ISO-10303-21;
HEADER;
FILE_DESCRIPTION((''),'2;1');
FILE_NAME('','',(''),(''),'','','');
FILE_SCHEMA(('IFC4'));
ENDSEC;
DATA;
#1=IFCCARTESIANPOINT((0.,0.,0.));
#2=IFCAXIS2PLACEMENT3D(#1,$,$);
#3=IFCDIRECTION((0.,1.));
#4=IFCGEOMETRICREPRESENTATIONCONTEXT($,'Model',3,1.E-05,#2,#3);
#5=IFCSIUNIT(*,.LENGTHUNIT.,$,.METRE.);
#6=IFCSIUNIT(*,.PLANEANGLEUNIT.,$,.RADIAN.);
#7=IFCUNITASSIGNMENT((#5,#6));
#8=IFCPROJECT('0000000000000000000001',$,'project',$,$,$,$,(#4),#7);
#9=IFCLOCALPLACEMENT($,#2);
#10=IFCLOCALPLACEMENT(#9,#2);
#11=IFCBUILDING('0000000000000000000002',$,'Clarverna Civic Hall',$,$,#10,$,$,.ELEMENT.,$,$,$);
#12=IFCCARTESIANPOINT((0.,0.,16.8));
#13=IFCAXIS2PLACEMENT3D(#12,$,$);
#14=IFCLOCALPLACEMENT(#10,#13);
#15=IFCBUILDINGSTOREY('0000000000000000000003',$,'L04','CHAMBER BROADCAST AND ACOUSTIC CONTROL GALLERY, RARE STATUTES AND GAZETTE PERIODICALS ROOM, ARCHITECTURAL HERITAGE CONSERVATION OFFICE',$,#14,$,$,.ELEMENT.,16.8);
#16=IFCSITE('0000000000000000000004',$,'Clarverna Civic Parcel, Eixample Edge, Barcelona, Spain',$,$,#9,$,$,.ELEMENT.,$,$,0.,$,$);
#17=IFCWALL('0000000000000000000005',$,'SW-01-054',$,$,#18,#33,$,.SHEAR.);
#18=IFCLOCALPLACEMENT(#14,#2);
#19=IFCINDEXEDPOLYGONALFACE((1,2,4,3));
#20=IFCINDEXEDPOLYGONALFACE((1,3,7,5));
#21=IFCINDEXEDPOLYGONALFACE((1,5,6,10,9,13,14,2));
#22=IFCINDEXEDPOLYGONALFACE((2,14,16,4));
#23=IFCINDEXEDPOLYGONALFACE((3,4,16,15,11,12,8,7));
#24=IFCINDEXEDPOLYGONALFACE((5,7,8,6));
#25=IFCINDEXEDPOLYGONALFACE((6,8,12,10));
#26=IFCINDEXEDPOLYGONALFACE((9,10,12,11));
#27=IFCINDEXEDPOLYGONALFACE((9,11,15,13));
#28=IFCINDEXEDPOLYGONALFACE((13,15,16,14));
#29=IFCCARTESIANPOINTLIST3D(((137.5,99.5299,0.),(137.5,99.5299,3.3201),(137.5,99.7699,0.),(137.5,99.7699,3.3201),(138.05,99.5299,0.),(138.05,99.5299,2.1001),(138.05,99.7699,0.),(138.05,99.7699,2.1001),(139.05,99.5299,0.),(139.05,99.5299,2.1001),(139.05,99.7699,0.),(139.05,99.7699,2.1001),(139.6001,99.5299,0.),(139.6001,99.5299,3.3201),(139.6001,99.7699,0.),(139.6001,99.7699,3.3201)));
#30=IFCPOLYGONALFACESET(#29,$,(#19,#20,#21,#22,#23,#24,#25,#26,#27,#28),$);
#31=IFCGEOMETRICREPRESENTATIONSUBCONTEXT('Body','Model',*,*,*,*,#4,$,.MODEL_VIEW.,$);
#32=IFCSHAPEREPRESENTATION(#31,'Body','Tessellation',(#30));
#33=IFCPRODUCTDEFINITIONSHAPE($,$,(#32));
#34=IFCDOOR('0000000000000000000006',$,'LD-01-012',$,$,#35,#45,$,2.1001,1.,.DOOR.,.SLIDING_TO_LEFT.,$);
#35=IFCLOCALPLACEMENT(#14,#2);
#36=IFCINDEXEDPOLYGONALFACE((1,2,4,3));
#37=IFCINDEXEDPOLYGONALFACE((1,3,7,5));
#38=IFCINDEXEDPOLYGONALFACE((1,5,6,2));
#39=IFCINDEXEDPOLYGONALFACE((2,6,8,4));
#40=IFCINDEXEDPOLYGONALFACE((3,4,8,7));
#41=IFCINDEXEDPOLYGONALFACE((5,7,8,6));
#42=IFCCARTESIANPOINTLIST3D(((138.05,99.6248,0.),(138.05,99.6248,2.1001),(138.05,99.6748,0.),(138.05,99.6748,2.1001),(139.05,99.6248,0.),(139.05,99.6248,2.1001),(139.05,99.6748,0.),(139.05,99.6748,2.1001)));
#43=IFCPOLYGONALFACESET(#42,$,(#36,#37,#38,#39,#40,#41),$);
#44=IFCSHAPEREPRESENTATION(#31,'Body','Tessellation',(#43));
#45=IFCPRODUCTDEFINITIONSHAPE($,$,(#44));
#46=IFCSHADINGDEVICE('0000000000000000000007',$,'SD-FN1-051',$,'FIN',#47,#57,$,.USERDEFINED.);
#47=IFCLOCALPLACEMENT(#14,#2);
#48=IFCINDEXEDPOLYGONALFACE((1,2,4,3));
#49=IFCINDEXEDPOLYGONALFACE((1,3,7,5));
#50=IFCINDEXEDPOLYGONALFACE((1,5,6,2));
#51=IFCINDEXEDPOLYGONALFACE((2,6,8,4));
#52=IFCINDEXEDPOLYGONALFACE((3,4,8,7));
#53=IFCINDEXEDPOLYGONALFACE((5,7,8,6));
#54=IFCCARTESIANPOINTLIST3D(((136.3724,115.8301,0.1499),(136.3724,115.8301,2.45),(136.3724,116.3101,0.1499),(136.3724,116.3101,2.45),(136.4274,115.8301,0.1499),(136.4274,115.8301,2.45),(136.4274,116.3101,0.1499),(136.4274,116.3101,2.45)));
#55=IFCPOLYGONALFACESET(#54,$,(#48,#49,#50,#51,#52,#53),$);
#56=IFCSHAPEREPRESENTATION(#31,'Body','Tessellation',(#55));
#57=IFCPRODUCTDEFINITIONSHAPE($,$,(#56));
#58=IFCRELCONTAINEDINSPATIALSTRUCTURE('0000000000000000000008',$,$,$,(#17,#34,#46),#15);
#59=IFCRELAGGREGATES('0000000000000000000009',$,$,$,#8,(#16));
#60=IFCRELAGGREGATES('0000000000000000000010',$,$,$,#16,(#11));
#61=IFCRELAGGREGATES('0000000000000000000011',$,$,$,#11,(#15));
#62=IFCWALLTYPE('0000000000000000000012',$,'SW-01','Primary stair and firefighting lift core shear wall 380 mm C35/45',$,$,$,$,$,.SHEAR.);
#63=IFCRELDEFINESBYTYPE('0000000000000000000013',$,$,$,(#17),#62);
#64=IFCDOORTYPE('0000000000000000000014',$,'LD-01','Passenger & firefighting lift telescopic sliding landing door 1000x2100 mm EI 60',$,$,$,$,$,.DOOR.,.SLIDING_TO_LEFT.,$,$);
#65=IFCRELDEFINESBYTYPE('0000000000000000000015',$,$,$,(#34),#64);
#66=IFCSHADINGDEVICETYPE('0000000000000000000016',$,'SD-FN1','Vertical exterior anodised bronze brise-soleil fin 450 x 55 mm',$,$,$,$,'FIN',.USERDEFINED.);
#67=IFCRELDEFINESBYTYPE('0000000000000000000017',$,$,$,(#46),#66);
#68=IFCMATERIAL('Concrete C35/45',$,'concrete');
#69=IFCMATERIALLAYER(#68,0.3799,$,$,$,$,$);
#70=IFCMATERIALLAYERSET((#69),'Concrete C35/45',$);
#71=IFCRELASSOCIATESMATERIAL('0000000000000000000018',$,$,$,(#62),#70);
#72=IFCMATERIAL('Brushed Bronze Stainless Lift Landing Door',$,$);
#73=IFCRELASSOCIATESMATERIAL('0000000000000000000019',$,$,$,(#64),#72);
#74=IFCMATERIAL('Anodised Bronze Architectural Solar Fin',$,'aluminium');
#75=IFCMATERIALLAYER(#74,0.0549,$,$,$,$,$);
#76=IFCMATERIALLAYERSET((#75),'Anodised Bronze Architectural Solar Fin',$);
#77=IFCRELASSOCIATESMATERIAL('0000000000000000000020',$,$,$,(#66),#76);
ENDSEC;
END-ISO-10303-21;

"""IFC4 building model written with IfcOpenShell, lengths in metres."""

from ifc_helpers import new_model, si_unit, direction, frame, frame_2d, origin, place, context, subcontext, project, spatial, rectangle, extrude, material, layer, layer_set, type_object, element, fill, save


model = new_model("IFC4")

# Units and contexts
model_context = context("Model", 3, precision=1e-05, world=origin(), true_north=direction((0.0, 1.0)))
body_context = subcontext(model_context, "Body", "Model", "MODEL_VIEW")
ifc_project = project(units=[si_unit("LENGTHUNIT", "METRE"), si_unit("PLANEANGLEUNIT", "RADIAN")], contexts=[model_context])

# Site, building, storey
site_placement = place(None, origin())
site = spatial("IfcSite", under=ifc_project, at=site_placement, Name="Clarverna Civic Parcel, Eixample Edge, Barcelona, Spain", CompositionType="ELEMENT", RefElevation=0.0)
building_placement = place(site_placement, origin())
building = spatial("IfcBuilding", under=site, at=building_placement, Name="Clarverna Civic Hall", CompositionType="ELEMENT")
storey_placement = place(building_placement, frame((0.0, 0.0, 16.8)))
storey = spatial("IfcBuildingStorey", under=building, at=storey_placement, Name="L04", Description="CHAMBER BROADCAST AND ACOUSTIC CONTROL GALLERY, RARE STATUTES AND GAZETTE PERIODICALS ROOM, ARCHITECTURAL HERITAGE CONSERVATION OFFICE", CompositionType="ELEMENT", Elevation=16.8)

# Shared definitions
ifc_material_1 = material(Name="Concrete C35/45", Category="concrete")

# Shared definitions
ifc_layer_1 = layer(ifc_material_1, 0.3799)
ifc_layer_set_1 = layer_set([ifc_layer_1], Name="Concrete C35/45")
wall_type_1 = type_object("IfcWallType", Name="SW-01", Description="Primary stair and firefighting lift core shear wall 380 mm C35/45", PredefinedType="SHEAR", material=ifc_layer_set_1)

# Wall, opening, door
ifc_material_2 = material(Name="Brushed Bronze Stainless Lift Landing Door")
door_type_1 = type_object("IfcDoorType", Name="LD-01", Description="Passenger & firefighting lift telescopic sliding landing door 1000x2100 mm EI 60", OperationType="SLIDING_TO_LEFT", PredefinedType="DOOR", material=ifc_material_2)
wall_1_placement = place(storey_placement, frame((137.5, 99.6499, 0.0), z_axis=(0.0, 0.0, 1.0), x_axis=(1.0, 0.0, 0.0)))
wall_1 = element("IfcWall", 1, at=wall_1_placement, inside=storey, type_object=wall_type_1, Name="SW-01-054", PredefinedType="SHEAR", context=body_context, shape_type="SweptSolid", body=[
    extrude(rectangle(XDim=2.1001, YDim=0.24, at=frame_2d((1.05, 0.0))), origin(), (0.0, 0.0, 1.0), 3.3201),
])
opening_1_placement = place(wall_1_placement, frame((0.55, 0.0, 0.0)))
opening_1 = element("IfcOpeningElement", 2, at=opening_1_placement, cuts=wall_1, PredefinedType="OPENING", context=body_context, shape_type="SweptSolid", body=[
    extrude(rectangle(XDim=1.0, YDim=2.1001, at=frame_2d((0.5, 1.05))), frame((0.0, 0.1299, 0.0), z_axis=(0.0, -1.0, 0.0), x_axis=(1.0, 0.0, 0.0)), (0.0, 0.0, 1.0), 0.26),
])
door_1_placement = place(opening_1_placement, origin())
door_1 = element("IfcDoor", 3, at=door_1_placement, inside=storey, type_object=door_type_1, Name="LD-01-012", OperationType="SLIDING_TO_LEFT", OverallHeight=2.1001, OverallWidth=1.0, PredefinedType="DOOR", context=body_context, shape_type="SweptSolid", body=[
    extrude(rectangle(XDim=1.0, YDim=2.1001, at=frame_2d((0.5, 1.05))), frame((0.0, 0.0249, 0.0), z_axis=(0.0, -1.0, 0.0), x_axis=(1.0, 0.0, 0.0)), (0.0, 0.0, 1.0), 0.05),
])
fill(opening_1, door_1)

# Shading device
ifc_material_3 = material(Name="Anodised Bronze Architectural Solar Fin", Category="aluminium")
ifc_layer_2 = layer(ifc_material_3, 0.0549)
ifc_layer_set_2 = layer_set([ifc_layer_2], Name="Anodised Bronze Architectural Solar Fin")
shading_device_type = type_object("IfcShadingDeviceType", Name="SD-FN1", Description="Vertical exterior anodised bronze brise-soleil fin 450 x 55 mm", ElementType="FIN", PredefinedType="USERDEFINED", material=ifc_layer_set_2)
shading_device_placement = place(storey_placement, frame((136.3999, 115.8301, 0.1499), z_axis=(0.0, 0.0, 1.0), x_axis=(0.0, 1.0, 0.0)))
element("IfcShadingDevice", 4, at=shading_device_placement, inside=storey, type_object=shading_device_type, Name="SD-FN1-051", ObjectType="FIN", PredefinedType="USERDEFINED", context=body_context, shape_type="SweptSolid", body=[
    extrude(rectangle(XDim=0.48, YDim=0.0549, at=frame_2d((0.24, 0.0))), origin(), (0.0, 0.0, 1.0), 2.3),
])

save(model, "model.ifc")
